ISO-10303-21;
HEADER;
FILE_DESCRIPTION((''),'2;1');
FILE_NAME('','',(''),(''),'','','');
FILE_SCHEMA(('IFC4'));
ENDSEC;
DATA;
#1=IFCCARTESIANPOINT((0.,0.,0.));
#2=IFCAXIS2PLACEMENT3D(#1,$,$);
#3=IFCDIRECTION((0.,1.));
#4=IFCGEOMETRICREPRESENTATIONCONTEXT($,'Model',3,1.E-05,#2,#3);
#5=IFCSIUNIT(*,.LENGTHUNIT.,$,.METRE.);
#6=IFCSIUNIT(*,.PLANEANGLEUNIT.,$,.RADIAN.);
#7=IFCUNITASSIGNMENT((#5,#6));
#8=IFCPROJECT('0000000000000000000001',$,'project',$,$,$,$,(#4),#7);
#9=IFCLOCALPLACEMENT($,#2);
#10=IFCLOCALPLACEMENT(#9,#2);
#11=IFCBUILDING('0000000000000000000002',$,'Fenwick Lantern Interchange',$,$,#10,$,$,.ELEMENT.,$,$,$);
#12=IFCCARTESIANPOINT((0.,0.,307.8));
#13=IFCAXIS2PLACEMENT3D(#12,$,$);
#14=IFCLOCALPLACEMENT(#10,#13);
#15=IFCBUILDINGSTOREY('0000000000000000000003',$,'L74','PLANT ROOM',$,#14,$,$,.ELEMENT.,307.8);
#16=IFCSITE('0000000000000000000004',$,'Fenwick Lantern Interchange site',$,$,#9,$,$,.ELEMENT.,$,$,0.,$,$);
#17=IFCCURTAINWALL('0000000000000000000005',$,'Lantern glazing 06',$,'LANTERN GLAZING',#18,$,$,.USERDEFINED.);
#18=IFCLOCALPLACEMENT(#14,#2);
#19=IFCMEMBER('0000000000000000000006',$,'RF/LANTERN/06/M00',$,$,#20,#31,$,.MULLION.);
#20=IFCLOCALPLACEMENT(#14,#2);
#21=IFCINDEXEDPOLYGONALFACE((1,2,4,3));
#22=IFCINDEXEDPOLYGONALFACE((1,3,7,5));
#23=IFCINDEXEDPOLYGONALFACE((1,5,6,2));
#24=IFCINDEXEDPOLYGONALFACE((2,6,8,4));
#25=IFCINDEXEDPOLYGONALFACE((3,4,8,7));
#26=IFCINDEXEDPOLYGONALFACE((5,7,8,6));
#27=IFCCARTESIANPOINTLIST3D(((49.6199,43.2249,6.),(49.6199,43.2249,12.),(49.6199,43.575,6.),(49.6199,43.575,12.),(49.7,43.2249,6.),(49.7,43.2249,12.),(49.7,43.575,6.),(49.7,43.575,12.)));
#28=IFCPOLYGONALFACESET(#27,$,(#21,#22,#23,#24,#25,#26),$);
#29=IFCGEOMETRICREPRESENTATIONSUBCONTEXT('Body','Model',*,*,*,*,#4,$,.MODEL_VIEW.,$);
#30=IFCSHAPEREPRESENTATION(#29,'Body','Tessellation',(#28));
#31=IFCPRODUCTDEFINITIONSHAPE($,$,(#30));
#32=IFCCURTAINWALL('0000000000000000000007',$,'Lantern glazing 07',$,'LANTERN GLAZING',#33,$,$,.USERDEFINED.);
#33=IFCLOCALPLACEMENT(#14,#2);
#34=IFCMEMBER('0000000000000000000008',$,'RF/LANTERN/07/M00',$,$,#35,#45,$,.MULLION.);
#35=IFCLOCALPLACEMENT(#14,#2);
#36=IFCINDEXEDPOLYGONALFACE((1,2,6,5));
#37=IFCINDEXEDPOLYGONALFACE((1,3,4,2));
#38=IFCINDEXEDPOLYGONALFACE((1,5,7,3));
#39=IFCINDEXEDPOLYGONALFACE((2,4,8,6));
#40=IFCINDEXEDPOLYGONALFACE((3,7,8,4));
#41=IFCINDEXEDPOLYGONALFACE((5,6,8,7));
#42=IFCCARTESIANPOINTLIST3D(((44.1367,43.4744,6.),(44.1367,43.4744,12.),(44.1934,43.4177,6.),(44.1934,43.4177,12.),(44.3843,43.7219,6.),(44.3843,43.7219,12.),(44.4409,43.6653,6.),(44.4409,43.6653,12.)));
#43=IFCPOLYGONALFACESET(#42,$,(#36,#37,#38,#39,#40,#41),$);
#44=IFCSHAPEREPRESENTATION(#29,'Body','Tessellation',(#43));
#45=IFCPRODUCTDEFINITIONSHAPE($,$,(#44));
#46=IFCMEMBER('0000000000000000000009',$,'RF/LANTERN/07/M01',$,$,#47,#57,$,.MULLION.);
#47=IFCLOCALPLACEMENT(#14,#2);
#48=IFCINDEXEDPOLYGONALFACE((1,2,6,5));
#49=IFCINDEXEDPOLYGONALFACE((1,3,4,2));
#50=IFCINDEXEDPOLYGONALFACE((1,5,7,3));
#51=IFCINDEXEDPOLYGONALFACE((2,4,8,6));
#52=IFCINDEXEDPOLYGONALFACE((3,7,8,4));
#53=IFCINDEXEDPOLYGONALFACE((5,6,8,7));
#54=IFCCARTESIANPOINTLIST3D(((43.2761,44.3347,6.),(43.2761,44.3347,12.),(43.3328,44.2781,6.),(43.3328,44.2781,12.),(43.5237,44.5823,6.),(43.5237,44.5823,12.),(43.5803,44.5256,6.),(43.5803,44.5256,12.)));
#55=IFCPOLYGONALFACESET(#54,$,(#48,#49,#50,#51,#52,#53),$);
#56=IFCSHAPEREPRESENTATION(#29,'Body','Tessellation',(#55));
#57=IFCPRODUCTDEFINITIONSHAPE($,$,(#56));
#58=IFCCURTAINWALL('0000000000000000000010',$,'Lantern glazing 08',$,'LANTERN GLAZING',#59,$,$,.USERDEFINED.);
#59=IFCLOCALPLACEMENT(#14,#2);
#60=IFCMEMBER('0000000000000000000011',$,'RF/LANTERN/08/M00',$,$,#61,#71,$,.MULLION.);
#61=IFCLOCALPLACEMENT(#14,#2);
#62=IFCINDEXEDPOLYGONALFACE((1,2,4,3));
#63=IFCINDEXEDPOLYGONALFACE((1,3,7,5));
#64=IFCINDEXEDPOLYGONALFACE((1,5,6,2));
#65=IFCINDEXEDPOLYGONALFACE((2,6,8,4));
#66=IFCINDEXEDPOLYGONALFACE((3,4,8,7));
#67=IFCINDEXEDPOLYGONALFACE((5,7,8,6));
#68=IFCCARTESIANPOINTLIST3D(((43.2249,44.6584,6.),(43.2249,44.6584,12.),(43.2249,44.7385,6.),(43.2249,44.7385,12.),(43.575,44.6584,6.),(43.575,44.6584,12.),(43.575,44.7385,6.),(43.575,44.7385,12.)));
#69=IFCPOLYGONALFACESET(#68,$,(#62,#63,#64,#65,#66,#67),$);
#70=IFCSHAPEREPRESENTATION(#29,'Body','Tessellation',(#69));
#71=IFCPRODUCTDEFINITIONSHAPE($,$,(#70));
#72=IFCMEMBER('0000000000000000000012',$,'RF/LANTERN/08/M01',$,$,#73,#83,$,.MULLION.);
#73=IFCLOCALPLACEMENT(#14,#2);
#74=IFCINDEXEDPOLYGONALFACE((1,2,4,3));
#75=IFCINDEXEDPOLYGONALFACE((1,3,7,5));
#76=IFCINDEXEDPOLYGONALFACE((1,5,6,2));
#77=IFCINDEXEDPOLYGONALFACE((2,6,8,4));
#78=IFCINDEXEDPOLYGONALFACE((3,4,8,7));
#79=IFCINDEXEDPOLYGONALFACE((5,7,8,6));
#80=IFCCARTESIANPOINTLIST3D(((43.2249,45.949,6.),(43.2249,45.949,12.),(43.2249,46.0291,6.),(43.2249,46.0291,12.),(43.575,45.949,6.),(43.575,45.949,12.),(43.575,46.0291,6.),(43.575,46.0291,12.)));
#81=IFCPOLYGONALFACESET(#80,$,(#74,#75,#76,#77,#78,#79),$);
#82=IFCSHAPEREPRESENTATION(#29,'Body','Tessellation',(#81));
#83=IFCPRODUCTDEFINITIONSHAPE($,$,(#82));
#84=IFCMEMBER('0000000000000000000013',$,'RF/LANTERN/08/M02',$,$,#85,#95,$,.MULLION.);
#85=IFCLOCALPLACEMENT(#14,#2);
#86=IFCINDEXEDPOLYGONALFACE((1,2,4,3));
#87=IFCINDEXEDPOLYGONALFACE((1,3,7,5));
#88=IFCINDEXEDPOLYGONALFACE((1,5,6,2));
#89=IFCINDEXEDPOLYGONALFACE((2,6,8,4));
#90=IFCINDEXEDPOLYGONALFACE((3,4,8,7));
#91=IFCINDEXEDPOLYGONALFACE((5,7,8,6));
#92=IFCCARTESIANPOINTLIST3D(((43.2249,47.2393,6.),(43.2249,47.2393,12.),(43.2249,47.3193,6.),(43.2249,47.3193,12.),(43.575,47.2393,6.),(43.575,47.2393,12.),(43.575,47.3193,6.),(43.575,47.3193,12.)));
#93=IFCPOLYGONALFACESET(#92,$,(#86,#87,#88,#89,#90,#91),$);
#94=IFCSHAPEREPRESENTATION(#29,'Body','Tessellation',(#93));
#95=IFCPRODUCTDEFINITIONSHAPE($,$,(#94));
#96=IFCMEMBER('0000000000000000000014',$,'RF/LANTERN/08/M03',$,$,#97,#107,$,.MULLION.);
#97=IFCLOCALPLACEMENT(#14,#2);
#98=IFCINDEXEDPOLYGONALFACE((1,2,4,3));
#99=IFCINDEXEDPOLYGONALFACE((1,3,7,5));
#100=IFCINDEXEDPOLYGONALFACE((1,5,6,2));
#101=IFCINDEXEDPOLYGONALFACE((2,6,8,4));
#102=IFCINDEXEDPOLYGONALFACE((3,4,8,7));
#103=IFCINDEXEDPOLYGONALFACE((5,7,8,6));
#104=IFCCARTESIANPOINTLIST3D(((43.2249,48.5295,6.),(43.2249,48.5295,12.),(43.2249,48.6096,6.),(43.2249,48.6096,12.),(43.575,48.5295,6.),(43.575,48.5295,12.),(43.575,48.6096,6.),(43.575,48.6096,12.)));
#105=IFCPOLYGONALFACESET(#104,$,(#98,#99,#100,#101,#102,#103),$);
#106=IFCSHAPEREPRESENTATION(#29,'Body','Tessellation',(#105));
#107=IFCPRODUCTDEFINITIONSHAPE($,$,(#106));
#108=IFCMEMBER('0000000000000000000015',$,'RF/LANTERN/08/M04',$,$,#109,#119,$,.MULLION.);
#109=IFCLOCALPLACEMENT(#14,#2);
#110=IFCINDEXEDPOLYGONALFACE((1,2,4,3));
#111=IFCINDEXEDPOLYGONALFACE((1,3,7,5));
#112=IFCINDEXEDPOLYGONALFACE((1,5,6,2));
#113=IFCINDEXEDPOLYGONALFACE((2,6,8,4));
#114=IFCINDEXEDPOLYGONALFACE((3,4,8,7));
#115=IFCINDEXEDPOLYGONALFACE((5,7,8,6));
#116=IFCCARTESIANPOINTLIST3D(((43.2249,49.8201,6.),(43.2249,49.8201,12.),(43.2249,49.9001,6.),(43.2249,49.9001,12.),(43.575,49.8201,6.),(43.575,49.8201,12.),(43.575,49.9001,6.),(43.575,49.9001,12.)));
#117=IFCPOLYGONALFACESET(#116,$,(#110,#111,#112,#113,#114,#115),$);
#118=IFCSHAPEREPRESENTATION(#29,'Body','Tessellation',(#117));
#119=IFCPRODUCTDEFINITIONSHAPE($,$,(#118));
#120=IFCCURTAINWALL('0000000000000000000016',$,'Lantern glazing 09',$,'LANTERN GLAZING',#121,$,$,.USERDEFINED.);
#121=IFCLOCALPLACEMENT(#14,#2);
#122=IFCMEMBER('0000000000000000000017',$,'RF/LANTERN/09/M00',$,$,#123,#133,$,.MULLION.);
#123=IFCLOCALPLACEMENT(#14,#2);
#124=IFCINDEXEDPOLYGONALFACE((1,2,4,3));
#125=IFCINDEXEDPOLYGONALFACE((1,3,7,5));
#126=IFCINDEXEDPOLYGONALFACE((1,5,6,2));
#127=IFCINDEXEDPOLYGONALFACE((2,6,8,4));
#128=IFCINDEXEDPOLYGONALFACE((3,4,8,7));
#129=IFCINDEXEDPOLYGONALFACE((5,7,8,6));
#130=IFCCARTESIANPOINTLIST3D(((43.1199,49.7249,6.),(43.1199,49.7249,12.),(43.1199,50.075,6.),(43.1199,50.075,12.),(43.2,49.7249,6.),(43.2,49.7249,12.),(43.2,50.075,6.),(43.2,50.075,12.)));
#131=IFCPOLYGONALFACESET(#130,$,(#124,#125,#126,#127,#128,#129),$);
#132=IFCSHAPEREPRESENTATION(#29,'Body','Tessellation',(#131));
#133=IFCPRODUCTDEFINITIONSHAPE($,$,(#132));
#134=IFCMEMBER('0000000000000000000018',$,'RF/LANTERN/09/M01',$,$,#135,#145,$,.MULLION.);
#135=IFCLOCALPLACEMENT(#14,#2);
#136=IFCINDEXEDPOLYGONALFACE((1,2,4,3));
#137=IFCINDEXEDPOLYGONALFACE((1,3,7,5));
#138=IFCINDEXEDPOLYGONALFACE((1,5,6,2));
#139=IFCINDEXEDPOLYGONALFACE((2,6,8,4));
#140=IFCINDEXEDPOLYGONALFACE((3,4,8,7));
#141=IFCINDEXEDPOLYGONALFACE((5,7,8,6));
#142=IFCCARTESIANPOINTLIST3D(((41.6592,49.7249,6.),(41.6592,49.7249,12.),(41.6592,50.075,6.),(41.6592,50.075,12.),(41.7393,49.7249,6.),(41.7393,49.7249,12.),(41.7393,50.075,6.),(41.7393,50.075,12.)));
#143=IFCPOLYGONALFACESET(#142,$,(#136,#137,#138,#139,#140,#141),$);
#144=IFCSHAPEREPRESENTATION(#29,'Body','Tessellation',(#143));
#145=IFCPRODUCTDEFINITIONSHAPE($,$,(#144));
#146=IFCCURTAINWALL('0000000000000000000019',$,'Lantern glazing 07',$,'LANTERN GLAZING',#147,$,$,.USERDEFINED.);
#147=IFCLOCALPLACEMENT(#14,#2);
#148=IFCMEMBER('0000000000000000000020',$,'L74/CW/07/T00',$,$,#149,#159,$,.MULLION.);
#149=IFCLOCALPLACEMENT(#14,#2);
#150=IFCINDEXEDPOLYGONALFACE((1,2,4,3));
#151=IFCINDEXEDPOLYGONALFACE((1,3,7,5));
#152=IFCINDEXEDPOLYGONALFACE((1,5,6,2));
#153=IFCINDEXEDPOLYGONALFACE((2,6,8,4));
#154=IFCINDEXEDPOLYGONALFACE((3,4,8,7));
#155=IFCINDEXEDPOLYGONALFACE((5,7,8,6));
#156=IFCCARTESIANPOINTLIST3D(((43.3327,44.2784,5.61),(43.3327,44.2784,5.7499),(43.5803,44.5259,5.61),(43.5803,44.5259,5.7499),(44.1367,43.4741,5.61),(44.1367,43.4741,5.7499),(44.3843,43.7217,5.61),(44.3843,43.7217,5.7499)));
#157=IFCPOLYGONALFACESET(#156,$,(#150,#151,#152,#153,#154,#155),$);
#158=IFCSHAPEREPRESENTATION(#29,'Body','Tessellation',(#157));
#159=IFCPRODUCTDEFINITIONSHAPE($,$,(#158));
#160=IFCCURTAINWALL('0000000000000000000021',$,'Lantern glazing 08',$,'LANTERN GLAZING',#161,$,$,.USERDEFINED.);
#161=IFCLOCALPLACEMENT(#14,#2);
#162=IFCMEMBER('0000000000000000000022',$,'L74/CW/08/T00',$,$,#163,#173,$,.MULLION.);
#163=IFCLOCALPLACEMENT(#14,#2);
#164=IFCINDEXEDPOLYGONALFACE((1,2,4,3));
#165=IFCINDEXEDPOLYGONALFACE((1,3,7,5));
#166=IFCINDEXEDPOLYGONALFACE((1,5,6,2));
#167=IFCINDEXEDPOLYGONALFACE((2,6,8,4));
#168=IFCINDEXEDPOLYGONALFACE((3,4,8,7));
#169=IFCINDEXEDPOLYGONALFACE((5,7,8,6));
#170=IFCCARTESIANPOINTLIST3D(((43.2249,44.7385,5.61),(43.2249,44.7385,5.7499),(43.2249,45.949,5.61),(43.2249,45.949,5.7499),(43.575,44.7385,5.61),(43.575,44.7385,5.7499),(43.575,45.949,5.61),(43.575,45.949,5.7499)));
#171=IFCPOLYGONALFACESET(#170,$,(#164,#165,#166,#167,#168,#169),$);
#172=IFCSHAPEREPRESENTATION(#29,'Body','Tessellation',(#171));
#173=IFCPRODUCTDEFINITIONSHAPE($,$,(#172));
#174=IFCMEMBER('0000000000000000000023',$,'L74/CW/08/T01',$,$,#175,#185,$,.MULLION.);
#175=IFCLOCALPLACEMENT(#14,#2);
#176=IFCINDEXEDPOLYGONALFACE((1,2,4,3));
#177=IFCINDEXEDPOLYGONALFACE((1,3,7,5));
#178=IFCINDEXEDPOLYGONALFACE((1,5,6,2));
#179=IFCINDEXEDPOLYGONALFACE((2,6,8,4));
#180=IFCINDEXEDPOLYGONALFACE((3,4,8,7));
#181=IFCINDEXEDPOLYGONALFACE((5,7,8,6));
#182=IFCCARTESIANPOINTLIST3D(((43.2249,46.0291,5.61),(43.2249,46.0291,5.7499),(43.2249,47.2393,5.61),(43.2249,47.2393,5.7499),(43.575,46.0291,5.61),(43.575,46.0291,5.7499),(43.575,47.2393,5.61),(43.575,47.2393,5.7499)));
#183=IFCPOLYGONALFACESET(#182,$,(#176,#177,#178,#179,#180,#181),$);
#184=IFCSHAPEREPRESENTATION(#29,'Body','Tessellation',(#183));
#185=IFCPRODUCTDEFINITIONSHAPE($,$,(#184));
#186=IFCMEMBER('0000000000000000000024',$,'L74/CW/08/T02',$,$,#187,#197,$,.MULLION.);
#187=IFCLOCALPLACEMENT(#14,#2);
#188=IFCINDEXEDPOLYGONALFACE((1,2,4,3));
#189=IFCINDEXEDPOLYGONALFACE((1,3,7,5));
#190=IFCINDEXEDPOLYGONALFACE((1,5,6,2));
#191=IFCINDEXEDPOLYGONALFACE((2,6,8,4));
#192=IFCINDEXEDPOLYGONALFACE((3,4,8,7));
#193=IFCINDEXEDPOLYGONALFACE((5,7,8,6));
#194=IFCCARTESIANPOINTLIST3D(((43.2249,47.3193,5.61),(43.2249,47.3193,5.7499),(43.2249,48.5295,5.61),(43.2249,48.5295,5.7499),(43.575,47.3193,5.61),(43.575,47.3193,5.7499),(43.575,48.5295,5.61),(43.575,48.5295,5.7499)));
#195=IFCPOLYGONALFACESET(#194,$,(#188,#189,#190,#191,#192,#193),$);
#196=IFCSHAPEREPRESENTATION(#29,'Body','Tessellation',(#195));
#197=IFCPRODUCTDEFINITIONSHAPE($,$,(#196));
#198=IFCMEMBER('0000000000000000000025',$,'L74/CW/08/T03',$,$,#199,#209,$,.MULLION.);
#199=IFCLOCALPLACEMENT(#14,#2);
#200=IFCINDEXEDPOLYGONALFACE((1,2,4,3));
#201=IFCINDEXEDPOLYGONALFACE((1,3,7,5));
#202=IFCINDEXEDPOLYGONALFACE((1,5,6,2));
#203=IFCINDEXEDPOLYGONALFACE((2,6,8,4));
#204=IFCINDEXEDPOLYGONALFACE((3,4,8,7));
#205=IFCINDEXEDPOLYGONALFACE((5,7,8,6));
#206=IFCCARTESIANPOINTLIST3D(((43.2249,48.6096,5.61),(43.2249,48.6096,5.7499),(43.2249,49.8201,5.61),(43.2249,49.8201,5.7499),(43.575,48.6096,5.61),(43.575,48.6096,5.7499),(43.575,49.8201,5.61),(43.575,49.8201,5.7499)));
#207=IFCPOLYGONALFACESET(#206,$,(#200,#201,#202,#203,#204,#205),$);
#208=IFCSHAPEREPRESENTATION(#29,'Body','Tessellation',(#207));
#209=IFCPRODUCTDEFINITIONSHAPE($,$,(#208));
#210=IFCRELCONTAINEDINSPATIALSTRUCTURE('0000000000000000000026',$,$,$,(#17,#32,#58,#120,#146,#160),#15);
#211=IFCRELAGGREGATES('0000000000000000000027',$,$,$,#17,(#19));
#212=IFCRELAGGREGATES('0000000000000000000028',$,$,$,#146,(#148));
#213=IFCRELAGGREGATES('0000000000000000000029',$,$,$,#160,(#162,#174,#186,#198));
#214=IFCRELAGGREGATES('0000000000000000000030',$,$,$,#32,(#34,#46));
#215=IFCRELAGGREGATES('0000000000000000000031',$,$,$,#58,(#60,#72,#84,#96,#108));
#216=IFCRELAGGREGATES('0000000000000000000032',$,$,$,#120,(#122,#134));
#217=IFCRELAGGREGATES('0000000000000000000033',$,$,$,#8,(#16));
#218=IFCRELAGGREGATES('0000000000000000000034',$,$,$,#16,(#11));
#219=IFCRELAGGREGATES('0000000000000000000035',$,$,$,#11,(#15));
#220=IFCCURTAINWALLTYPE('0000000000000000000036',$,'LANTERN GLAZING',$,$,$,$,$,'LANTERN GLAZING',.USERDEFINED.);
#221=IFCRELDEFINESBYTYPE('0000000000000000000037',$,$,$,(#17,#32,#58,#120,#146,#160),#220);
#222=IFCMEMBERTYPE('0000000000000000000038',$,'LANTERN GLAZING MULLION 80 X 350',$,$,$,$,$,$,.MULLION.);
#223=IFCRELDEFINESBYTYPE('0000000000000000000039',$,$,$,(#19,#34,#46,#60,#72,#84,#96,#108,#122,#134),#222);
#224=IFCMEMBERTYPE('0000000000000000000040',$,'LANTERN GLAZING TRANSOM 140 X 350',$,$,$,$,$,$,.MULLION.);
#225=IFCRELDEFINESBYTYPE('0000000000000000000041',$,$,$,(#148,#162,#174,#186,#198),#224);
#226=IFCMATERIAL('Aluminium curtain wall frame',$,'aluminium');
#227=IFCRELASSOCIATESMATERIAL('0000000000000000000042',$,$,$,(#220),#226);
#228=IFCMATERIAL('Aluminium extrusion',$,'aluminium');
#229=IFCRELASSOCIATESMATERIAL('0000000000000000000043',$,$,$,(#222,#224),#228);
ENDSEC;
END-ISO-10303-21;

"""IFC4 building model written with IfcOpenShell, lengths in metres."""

from ifc_helpers import new_model, si_unit, direction, frame, origin, origin_2d, place, context, subcontext, project, spatial, rectangle, extrude, material, material_profile, profile_set, type_object, element, aggregate, save


model = new_model("IFC4")

# Units and contexts
model_context = context("Model", 3, precision=1e-05, world=origin(), true_north=direction((0.0, 1.0)))
body_context = subcontext(model_context, "Body", "Model", "MODEL_VIEW")
ifc_project = project(units=[si_unit("LENGTHUNIT", "METRE"), si_unit("PLANEANGLEUNIT", "RADIAN")], contexts=[model_context])

# Site, building, storey
site_placement = place(None, origin())
site = spatial("IfcSite", under=ifc_project, at=site_placement, Name="Fenwick Lantern Interchange site", CompositionType="ELEMENT", RefElevation=0.0)
building_placement = place(site_placement, origin())
building = spatial("IfcBuilding", under=site, at=building_placement, Name="Fenwick Lantern Interchange", CompositionType="ELEMENT")
storey_placement = place(building_placement, frame((0.0, 0.0, 307.8)))
storey = spatial("IfcBuildingStorey", under=building, at=storey_placement, Name="L74", Description="PLANT ROOM", CompositionType="ELEMENT", Elevation=307.8)

# Curtain wall, member
ifc_material_1 = material(Name="Aluminium curtain wall frame", Category="aluminium")
curtain_wall_type = type_object("IfcCurtainWallType", Name="LANTERN GLAZING", ElementType="LANTERN GLAZING", PredefinedType="USERDEFINED", material=ifc_material_1)
curtain_wall_1_placement = place(storey_placement, origin())
curtain_wall_1 = element("IfcCurtainWall", 1, at=curtain_wall_1_placement, inside=storey, type_object=curtain_wall_type, Name="Lantern glazing 06", ObjectType="LANTERN GLAZING", PredefinedType="USERDEFINED")
ifc_material_2 = material(Name="Aluminium extrusion", Category="aluminium")
ifc_material_profile_1 = material_profile(ifc_material_2, rectangle(XDim=0.3501, YDim=0.0801, at=origin_2d()), Name="LANTERN GLAZING MULLION 80 X 350")
ifc_profile_set_1 = profile_set([ifc_material_profile_1], Name="Aluminium extrusion")
member_type_1 = type_object("IfcMemberType", Name="LANTERN GLAZING MULLION 80 X 350", PredefinedType="MULLION", material=ifc_profile_set_1)
member_1_placement = place(storey_placement, frame((49.6599, 43.3999, 6.0), z_axis=(0.0, 0.0, 1.0), x_axis=(0.0, -1.0, 0.0)))
member_1 = element("IfcMember", 2, at=member_1_placement, type_object=member_type_1, Name="RF/LANTERN/06/M00", PredefinedType="MULLION", context=body_context, shape_type="SweptSolid", body=[
    extrude(rectangle(XDim=0.3501, YDim=0.0801, at=origin_2d()), origin(), (0.0, 0.0, 1.0), 6.0),
])
aggregate(curtain_wall_1, [member_1])

# Curtain walls, members
curtain_wall_2_placement = place(storey_placement, origin())
curtain_wall_2 = element("IfcCurtainWall", 3, at=curtain_wall_2_placement, inside=storey, type_object=curtain_wall_type, Name="Lantern glazing 07", ObjectType="LANTERN GLAZING", PredefinedType="USERDEFINED")
member_2_placement = place(storey_placement, frame((44.2888, 43.5698, 6.0), z_axis=(0.0, 0.0, 1.0), x_axis=(-0.707107, -0.707107, 0.0)))
member_2 = element("IfcMember", 4, at=member_2_placement, type_object=member_type_1, Name="RF/LANTERN/07/M00", PredefinedType="MULLION", context=body_context, shape_type="SweptSolid", body=[
    extrude(rectangle(XDim=0.3501, YDim=0.0801, at=origin_2d()), origin(), (0.0, 0.0, 1.0), 6.0),
])
member_3_placement = place(storey_placement, frame((43.4282, 44.4302, 6.0), z_axis=(0.0, 0.0, 1.0), x_axis=(-0.707107, -0.707107, 0.0)))
member_3 = element("IfcMember", 5, at=member_3_placement, type_object=member_type_1, Name="RF/LANTERN/07/M01", PredefinedType="MULLION", context=body_context, shape_type="SweptSolid", body=[
    extrude(rectangle(XDim=0.3501, YDim=0.0801, at=origin_2d()), origin(), (0.0, 0.0, 1.0), 6.0),
])
curtain_wall_3_placement = place(storey_placement, origin())
curtain_wall_3 = element("IfcCurtainWall", 6, at=curtain_wall_3_placement, inside=storey, type_object=curtain_wall_type, Name="Lantern glazing 08", ObjectType="LANTERN GLAZING", PredefinedType="USERDEFINED")
member_4_placement = place(storey_placement, frame((43.3999, 44.6985, 6.0), z_axis=(0.0, 0.0, 1.0), x_axis=(-1.0, 0.0, 0.0)))
member_4 = element("IfcMember", 7, at=member_4_placement, type_object=member_type_1, Name="RF/LANTERN/08/M00", PredefinedType="MULLION", context=body_context, shape_type="SweptSolid", body=[
    extrude(rectangle(XDim=0.3501, YDim=0.0801, at=origin_2d()), origin(), (0.0, 0.0, 1.0), 6.0),
])
member_5_placement = place(storey_placement, frame((43.3999, 45.989, 6.0), z_axis=(0.0, 0.0, 1.0), x_axis=(-1.0, 0.0, 0.0)))
member_5 = element("IfcMember", 8, at=member_5_placement, type_object=member_type_1, Name="RF/LANTERN/08/M01", PredefinedType="MULLION", context=body_context, shape_type="SweptSolid", body=[
    extrude(rectangle(XDim=0.3501, YDim=0.0801, at=origin_2d()), origin(), (0.0, 0.0, 1.0), 6.0),
])
member_6_placement = place(storey_placement, frame((43.3999, 47.2793, 6.0), z_axis=(0.0, 0.0, 1.0), x_axis=(-1.0, 0.0, 0.0)))
member_6 = element("IfcMember", 9, at=member_6_placement, type_object=member_type_1, Name="RF/LANTERN/08/M02", PredefinedType="MULLION", context=body_context, shape_type="SweptSolid", body=[
    extrude(rectangle(XDim=0.3501, YDim=0.0801, at=origin_2d()), origin(), (0.0, 0.0, 1.0), 6.0),
])
member_7_placement = place(storey_placement, frame((43.3999, 48.5696, 6.0), z_axis=(0.0, 0.0, 1.0), x_axis=(-1.0, 0.0, 0.0)))
member_7 = element("IfcMember", 10, at=member_7_placement, type_object=member_type_1, Name="RF/LANTERN/08/M03", PredefinedType="MULLION", context=body_context, shape_type="SweptSolid", body=[
    extrude(rectangle(XDim=0.3501, YDim=0.0801, at=origin_2d()), origin(), (0.0, 0.0, 1.0), 6.0),
])
member_8_placement = place(storey_placement, frame((43.3999, 49.8601, 6.0), z_axis=(0.0, 0.0, 1.0), x_axis=(-1.0, 0.0, 0.0)))
member_8 = element("IfcMember", 11, at=member_8_placement, type_object=member_type_1, Name="RF/LANTERN/08/M04", PredefinedType="MULLION", context=body_context, shape_type="SweptSolid", body=[
    extrude(rectangle(XDim=0.3501, YDim=0.0801, at=origin_2d()), origin(), (0.0, 0.0, 1.0), 6.0),
])
curtain_wall_4_placement = place(storey_placement, origin())
curtain_wall_4 = element("IfcCurtainWall", 12, at=curtain_wall_4_placement, inside=storey, type_object=curtain_wall_type, Name="Lantern glazing 09", ObjectType="LANTERN GLAZING", PredefinedType="USERDEFINED")
member_9_placement = place(storey_placement, frame((43.1599, 49.8999, 6.0), z_axis=(0.0, 0.0, 1.0), x_axis=(0.0, -1.0, 0.0)))
member_9 = element("IfcMember", 13, at=member_9_placement, type_object=member_type_1, Name="RF/LANTERN/09/M00", PredefinedType="MULLION", context=body_context, shape_type="SweptSolid", body=[
    extrude(rectangle(XDim=0.3501, YDim=0.0801, at=origin_2d()), origin(), (0.0, 0.0, 1.0), 6.0),
])
member_10_placement = place(storey_placement, frame((41.6992, 49.8999, 6.0), z_axis=(0.0, 0.0, 1.0), x_axis=(0.0, -1.0, 0.0)))
member_10 = element("IfcMember", 14, at=member_10_placement, type_object=member_type_1, Name="RF/LANTERN/09/M01", PredefinedType="MULLION", context=body_context, shape_type="SweptSolid", body=[
    extrude(rectangle(XDim=0.3501, YDim=0.0801, at=origin_2d()), origin(), (0.0, 0.0, 1.0), 6.0),
])

# Curtain wall, member
curtain_wall_5_placement = place(storey_placement, origin())
curtain_wall_5 = element("IfcCurtainWall", 15, at=curtain_wall_5_placement, inside=storey, type_object=curtain_wall_type, Name="Lantern glazing 07", ObjectType="LANTERN GLAZING", PredefinedType="USERDEFINED")
ifc_material_profile_2 = material_profile(ifc_material_2, rectangle(XDim=0.3501, YDim=0.1399, at=origin_2d()), Name="LANTERN GLAZING TRANSOM 140 X 350")
ifc_profile_set_2 = profile_set([ifc_material_profile_2], Name="Aluminium extrusion")
member_type_2 = type_object("IfcMemberType", Name="LANTERN GLAZING TRANSOM 140 X 350", PredefinedType="MULLION", material=ifc_profile_set_2)
member_11_placement = place(storey_placement, frame((44.2605, 43.5979, 5.6799), z_axis=(-0.706999, 0.707214, 0.0), x_axis=(-0.707214, -0.706999, 0.0)))
member_11 = element("IfcMember", 16, at=member_11_placement, type_object=member_type_2, Name="L74/CW/07/T00", PredefinedType="MULLION", context=body_context, shape_type="SweptSolid", body=[
    extrude(rectangle(XDim=0.3501, YDim=0.1399, at=origin_2d()), origin(), (0.0, 0.0, 1.0), 1.1372),
])
aggregate(curtain_wall_5, [member_11])

# Curtain wall, members
curtain_wall_6_placement = place(storey_placement, origin())
curtain_wall_6 = element("IfcCurtainWall", 17, at=curtain_wall_6_placement, inside=storey, type_object=curtain_wall_type, Name="Lantern glazing 08", ObjectType="LANTERN GLAZING", PredefinedType="USERDEFINED")
member_12_placement = place(storey_placement, frame((43.3999, 44.7385, 5.6799), z_axis=(0.0, 1.0, 0.0), x_axis=(-1.0, 0.0, 0.0)))
member_12 = element("IfcMember", 18, at=member_12_placement, type_object=member_type_2, Name="L74/CW/08/T00", PredefinedType="MULLION", context=body_context, shape_type="SweptSolid", body=[
    extrude(rectangle(XDim=0.3501, YDim=0.1399, at=origin_2d()), origin(), (0.0, 0.0, 1.0), 1.2104),
])
member_13_placement = place(storey_placement, frame((43.3999, 46.0291, 5.6799), z_axis=(0.0, 1.0, 0.0), x_axis=(-1.0, 0.0, 0.0)))
member_13 = element("IfcMember", 19, at=member_13_placement, type_object=member_type_2, Name="L74/CW/08/T01", PredefinedType="MULLION", context=body_context, shape_type="SweptSolid", body=[
    extrude(rectangle(XDim=0.3501, YDim=0.1399, at=origin_2d()), origin(), (0.0, 0.0, 1.0), 1.2102),
])
member_14_placement = place(storey_placement, frame((43.3999, 47.3193, 5.6799), z_axis=(0.0, 1.0, 0.0), x_axis=(-1.0, 0.0, 0.0)))
member_14 = element("IfcMember", 20, at=member_14_placement, type_object=member_type_2, Name="L74/CW/08/T02", PredefinedType="MULLION", context=body_context, shape_type="SweptSolid", body=[
    extrude(rectangle(XDim=0.3501, YDim=0.1399, at=origin_2d()), origin(), (0.0, 0.0, 1.0), 1.2102),
])
member_15_placement = place(storey_placement, frame((43.3999, 48.6096, 5.6799), z_axis=(0.0, 1.0, 0.0), x_axis=(-1.0, 0.0, 0.0)))
member_15 = element("IfcMember", 21, at=member_15_placement, type_object=member_type_2, Name="L74/CW/08/T03", PredefinedType="MULLION", context=body_context, shape_type="SweptSolid", body=[
    extrude(rectangle(XDim=0.3501, YDim=0.1399, at=origin_2d()), origin(), (0.0, 0.0, 1.0), 1.2104),
])

aggregate(curtain_wall_6, [member_12, member_13, member_14, member_15])
aggregate(curtain_wall_2, [member_2, member_3])
aggregate(curtain_wall_3, [member_4, member_5, member_6, member_7, member_8])
aggregate(curtain_wall_4, [member_9, member_10])

save(model, "model.ifc")
